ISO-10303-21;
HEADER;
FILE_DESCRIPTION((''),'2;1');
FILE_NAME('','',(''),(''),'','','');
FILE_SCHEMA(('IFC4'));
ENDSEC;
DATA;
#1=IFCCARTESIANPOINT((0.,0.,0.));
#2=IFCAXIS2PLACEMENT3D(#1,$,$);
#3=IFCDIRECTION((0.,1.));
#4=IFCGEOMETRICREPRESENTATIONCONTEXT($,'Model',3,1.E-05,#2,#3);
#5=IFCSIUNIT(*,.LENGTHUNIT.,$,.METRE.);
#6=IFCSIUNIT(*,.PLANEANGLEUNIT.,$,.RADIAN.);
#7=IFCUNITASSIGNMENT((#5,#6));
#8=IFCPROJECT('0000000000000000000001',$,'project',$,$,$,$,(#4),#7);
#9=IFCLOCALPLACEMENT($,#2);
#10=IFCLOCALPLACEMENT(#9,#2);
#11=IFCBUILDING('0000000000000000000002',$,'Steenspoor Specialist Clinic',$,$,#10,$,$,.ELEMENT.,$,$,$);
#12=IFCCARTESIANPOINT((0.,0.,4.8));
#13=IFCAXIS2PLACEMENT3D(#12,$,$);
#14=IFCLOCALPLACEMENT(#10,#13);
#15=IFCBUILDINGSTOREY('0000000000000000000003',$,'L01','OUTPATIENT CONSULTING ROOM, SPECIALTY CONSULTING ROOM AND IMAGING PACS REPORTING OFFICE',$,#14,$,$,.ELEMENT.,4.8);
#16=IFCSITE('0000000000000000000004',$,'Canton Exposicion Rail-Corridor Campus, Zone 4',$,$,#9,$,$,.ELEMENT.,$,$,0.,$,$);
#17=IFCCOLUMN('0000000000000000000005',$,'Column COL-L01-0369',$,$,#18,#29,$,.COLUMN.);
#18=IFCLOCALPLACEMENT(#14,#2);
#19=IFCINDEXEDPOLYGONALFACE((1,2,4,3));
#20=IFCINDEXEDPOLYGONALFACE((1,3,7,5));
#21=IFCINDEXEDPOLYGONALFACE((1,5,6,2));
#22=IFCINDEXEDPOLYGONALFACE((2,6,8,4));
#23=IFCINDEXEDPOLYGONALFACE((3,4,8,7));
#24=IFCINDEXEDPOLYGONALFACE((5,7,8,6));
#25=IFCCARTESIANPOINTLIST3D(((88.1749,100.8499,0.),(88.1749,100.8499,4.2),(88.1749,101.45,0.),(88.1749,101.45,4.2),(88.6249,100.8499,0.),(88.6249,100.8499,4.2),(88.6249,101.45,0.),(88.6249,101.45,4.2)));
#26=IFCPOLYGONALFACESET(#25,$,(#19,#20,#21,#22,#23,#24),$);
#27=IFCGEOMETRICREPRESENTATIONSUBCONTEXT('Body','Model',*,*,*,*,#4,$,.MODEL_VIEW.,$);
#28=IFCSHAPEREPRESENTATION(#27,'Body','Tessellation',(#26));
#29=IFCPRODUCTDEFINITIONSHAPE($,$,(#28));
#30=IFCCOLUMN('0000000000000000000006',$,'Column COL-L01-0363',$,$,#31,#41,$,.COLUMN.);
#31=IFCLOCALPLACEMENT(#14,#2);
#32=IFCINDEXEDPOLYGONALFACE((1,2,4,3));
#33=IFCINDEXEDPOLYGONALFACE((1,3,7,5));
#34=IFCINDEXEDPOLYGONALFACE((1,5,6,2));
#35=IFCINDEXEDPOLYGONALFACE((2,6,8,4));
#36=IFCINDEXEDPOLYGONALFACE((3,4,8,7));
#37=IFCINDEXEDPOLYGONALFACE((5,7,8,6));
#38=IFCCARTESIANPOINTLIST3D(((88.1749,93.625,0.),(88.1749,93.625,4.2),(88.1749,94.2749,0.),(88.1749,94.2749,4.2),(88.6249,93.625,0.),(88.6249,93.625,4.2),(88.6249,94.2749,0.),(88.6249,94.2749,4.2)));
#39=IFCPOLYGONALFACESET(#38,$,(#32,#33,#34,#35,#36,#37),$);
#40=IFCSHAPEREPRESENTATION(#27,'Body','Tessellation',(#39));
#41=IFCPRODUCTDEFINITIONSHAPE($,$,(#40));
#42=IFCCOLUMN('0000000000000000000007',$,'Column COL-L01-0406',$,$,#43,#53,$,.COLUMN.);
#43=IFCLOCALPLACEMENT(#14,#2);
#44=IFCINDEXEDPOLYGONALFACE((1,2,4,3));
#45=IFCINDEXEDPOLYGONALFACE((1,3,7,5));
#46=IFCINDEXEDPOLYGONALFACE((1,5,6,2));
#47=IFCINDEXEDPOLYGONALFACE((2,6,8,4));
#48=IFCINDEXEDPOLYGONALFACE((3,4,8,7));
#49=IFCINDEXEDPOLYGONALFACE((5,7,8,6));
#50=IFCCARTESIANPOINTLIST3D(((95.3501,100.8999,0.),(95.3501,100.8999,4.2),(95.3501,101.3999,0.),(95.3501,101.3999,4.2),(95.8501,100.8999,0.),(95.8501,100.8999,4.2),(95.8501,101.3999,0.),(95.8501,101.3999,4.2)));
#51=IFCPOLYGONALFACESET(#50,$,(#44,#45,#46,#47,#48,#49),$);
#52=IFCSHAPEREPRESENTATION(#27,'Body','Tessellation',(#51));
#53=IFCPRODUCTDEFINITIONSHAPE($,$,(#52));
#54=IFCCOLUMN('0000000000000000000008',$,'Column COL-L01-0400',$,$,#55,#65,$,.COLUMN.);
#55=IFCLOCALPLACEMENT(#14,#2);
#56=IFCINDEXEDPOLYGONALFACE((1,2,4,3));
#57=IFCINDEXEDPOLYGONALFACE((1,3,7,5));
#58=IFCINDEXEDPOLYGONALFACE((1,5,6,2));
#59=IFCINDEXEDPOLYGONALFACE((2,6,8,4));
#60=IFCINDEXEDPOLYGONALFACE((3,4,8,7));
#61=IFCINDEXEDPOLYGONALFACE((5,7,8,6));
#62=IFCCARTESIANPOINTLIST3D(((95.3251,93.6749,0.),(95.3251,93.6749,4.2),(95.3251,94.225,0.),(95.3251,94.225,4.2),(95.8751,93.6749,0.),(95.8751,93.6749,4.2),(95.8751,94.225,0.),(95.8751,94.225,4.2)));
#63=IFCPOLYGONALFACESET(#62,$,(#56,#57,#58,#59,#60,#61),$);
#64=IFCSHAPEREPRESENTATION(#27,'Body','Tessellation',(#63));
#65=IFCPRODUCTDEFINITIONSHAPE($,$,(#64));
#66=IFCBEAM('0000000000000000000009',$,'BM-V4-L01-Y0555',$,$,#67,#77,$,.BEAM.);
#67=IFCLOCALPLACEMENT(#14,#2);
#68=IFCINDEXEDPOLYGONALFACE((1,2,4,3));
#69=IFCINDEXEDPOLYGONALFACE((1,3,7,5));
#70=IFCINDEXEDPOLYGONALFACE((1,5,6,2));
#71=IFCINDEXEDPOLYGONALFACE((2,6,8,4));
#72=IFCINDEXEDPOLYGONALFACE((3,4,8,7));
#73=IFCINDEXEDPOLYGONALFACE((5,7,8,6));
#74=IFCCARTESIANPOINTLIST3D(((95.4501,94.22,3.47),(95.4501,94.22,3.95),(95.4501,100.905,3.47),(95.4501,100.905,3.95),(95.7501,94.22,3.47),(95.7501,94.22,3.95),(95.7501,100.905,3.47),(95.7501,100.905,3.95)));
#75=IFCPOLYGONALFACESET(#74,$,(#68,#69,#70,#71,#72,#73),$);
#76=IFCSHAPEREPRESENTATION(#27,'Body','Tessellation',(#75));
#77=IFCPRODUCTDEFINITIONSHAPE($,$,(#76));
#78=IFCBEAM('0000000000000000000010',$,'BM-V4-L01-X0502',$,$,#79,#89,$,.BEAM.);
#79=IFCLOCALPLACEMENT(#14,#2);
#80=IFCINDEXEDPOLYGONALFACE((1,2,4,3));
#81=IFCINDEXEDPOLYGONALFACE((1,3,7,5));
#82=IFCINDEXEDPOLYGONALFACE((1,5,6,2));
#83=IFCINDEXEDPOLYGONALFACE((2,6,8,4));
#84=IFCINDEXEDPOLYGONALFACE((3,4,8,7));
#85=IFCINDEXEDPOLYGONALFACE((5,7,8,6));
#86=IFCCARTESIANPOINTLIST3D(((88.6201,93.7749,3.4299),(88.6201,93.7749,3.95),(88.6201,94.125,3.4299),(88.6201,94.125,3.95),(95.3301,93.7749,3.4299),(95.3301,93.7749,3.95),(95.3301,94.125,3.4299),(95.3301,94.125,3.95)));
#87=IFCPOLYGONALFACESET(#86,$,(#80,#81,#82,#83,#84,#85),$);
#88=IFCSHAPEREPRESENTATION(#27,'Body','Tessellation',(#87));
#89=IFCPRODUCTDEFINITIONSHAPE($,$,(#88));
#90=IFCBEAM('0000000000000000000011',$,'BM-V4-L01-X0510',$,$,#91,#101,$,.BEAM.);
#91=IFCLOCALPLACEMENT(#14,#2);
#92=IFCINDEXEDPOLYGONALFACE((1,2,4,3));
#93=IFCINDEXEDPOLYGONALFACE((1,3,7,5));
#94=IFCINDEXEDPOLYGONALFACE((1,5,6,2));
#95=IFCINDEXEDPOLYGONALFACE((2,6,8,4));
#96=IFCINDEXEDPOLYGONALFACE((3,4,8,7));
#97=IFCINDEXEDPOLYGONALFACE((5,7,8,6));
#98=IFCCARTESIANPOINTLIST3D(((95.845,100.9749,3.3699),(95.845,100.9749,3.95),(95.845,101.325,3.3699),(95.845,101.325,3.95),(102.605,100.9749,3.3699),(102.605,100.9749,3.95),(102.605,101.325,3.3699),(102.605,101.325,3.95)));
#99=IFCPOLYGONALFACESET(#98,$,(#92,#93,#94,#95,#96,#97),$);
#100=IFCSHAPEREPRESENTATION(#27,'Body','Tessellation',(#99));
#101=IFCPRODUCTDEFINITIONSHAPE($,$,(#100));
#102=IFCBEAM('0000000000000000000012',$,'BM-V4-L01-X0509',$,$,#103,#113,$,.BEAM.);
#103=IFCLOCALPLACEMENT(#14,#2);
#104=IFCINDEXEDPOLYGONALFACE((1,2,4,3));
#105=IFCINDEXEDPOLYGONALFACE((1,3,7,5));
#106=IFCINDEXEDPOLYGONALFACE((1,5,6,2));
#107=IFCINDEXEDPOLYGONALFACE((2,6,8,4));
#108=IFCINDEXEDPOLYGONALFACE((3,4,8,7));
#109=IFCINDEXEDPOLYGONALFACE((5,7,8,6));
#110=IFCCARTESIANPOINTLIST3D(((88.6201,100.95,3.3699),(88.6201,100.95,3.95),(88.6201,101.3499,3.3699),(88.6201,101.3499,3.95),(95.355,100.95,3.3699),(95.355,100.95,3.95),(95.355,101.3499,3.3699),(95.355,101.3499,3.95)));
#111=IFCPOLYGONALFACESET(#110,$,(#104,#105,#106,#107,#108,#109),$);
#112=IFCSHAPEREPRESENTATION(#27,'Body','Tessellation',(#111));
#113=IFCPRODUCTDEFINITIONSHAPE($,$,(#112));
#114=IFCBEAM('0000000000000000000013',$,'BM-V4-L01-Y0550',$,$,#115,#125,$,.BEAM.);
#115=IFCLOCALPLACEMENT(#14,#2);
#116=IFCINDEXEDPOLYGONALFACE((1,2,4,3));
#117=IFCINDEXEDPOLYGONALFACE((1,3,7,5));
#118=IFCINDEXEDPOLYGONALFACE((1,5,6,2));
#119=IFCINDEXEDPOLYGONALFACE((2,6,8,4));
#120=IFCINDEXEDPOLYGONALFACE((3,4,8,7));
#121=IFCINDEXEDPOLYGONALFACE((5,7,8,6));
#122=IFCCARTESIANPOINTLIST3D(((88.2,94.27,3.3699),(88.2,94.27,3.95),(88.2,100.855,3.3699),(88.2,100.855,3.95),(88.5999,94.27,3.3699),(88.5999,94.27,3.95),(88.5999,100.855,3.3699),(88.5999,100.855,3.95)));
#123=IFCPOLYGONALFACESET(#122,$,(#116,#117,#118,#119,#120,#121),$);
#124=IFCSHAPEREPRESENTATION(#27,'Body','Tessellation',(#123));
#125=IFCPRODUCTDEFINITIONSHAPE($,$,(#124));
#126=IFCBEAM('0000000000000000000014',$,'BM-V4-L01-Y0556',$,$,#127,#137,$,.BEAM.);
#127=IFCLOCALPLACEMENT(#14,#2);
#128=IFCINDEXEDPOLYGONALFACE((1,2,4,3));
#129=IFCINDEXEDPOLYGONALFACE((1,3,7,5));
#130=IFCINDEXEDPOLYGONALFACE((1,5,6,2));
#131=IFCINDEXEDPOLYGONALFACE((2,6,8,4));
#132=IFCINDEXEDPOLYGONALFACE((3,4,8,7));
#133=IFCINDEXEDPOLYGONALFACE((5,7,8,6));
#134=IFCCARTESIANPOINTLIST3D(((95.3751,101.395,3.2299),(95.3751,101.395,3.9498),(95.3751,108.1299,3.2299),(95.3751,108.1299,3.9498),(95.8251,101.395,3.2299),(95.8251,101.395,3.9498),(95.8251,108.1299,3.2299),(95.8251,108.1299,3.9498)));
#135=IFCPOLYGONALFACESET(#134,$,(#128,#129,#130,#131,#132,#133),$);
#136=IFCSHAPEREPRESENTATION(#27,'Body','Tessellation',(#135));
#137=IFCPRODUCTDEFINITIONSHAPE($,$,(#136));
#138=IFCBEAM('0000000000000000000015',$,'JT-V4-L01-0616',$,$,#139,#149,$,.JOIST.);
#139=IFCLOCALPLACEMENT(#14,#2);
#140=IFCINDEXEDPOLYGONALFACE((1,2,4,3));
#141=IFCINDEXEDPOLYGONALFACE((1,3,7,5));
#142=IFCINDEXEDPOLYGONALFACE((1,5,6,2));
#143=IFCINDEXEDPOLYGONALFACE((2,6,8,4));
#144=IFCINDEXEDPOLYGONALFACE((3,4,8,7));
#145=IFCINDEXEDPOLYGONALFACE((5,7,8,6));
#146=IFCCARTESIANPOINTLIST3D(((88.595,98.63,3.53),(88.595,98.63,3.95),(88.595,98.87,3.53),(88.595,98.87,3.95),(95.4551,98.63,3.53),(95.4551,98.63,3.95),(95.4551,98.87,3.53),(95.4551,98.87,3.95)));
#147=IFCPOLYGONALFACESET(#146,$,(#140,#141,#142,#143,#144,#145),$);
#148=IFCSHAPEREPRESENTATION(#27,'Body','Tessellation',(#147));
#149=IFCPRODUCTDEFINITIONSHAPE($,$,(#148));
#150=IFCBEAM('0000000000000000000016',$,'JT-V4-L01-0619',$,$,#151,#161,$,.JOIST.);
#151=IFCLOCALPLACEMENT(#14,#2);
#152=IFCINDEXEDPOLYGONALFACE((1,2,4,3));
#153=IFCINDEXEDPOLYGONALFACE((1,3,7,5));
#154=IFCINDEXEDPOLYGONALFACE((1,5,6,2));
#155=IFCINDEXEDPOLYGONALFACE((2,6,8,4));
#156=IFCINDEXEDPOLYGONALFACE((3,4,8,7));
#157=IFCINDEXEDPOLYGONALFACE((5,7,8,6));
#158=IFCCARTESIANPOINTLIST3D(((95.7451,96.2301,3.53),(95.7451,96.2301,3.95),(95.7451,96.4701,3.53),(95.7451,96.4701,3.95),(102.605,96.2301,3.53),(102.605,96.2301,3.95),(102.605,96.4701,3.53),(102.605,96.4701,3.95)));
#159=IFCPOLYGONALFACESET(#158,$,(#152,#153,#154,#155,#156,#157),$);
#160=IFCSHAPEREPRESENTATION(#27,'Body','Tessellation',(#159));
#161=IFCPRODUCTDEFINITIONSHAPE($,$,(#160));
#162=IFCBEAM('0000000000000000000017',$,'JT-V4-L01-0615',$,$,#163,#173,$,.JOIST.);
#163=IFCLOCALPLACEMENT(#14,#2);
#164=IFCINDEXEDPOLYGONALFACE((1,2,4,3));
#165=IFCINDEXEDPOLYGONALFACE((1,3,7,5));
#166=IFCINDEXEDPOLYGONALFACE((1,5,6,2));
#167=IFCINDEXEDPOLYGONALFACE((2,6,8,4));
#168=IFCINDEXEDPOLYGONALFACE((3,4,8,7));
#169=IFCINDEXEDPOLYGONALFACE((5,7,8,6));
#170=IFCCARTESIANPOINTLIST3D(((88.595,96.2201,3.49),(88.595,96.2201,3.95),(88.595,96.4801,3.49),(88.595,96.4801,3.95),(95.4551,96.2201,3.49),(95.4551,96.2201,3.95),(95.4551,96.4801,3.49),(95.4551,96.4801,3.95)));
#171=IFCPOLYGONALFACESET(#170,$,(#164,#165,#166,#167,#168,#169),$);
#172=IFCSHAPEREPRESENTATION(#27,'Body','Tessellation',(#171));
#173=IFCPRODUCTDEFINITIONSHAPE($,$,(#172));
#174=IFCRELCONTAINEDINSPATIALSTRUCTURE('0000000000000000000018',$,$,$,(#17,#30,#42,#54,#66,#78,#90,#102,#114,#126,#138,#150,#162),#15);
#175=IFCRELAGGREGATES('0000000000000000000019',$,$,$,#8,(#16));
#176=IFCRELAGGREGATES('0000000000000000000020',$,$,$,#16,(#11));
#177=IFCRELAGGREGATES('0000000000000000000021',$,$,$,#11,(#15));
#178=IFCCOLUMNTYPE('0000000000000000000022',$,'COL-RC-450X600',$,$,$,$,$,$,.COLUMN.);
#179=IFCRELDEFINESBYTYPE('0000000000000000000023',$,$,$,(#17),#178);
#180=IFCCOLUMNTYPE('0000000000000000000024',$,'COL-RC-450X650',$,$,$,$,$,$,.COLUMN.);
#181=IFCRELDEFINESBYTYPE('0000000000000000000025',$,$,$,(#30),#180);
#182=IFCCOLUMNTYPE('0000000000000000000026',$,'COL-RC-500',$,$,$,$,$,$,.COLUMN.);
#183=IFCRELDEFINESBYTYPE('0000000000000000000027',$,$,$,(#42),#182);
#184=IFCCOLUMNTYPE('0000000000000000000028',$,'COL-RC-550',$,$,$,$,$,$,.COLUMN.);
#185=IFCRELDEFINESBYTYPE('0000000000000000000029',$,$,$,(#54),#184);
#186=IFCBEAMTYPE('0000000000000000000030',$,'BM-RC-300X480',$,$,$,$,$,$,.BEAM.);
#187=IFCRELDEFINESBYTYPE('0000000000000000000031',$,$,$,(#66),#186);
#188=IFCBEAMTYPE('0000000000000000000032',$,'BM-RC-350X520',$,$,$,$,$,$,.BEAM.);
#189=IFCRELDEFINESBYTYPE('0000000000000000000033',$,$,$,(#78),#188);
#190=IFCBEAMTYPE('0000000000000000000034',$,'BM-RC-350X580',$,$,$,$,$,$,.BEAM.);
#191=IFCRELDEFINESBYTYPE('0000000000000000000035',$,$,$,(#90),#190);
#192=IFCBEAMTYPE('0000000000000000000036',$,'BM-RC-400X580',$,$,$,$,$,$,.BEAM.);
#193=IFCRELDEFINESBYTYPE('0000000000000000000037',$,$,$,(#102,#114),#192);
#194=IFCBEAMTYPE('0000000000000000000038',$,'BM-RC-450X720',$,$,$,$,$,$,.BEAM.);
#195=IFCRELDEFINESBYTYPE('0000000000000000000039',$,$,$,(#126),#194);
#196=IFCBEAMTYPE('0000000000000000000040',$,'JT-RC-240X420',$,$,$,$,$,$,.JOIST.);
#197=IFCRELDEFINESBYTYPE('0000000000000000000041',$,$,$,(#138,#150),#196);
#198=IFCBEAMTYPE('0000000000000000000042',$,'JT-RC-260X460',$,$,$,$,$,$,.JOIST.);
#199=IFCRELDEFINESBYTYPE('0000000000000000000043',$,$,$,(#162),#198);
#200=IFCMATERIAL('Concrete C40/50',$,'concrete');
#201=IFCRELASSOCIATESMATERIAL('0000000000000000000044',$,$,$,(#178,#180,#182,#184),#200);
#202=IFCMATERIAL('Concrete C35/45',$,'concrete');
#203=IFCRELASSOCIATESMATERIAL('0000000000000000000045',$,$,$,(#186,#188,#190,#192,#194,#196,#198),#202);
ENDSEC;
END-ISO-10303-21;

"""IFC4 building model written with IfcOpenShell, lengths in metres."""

from ifc_helpers import new_model, si_unit, direction, frame, origin, origin_2d, place, context, subcontext, project, spatial, rectangle, extrude, material, material_profile, profile_set, type_object, element, save


model = new_model("IFC4")

# Units and contexts
model_context = context("Model", 3, precision=1e-05, world=origin(), true_north=direction((0.0, 1.0)))
body_context = subcontext(model_context, "Body", "Model", "MODEL_VIEW")
ifc_project = project(units=[si_unit("LENGTHUNIT", "METRE"), si_unit("PLANEANGLEUNIT", "RADIAN")], contexts=[model_context])

# Site, building, storey
site_placement = place(None, origin())
site = spatial("IfcSite", under=ifc_project, at=site_placement, Name="Canton Exposicion Rail-Corridor Campus, Zone 4", CompositionType="ELEMENT", RefElevation=0.0)
building_placement = place(site_placement, origin())
building = spatial("IfcBuilding", under=site, at=building_placement, Name="Steenspoor Specialist Clinic", CompositionType="ELEMENT")
storey_placement = place(building_placement, frame((0.0, 0.0, 4.8)))
storey = spatial("IfcBuildingStorey", under=building, at=storey_placement, Name="L01", Description="OUTPATIENT CONSULTING ROOM, SPECIALTY CONSULTING ROOM AND IMAGING PACS REPORTING OFFICE", CompositionType="ELEMENT", Elevation=4.8)

# Columns
ifc_material_1 = material(Name="Concrete C40/50", Category="concrete")
ifc_material_profile_1 = material_profile(ifc_material_1, rectangle(XDim=0.45, YDim=0.6001, at=origin_2d()), Name="RC-COL-450X600")
ifc_profile_set_1 = profile_set([ifc_material_profile_1], Name="Concrete C40/50")
column_type_1 = type_object("IfcColumnType", Name="COL-RC-450X600", PredefinedType="COLUMN", material=ifc_profile_set_1)
column_1_placement = place(storey_placement, frame((88.3999, 101.1499, 0.0), z_axis=(0.0, 0.0, 1.0), x_axis=(1.0, 0.0, 0.0)))
element("IfcColumn", 1, at=column_1_placement, inside=storey, type_object=column_type_1, Name="Column COL-L01-0369", PredefinedType="COLUMN", context=body_context, shape_type="SweptSolid", body=[
    extrude(rectangle(XDim=0.45, YDim=0.6001, at=origin_2d()), origin(), (0.0, 0.0, 1.0), 4.2),
])
ifc_material_profile_2 = material_profile(ifc_material_1, rectangle(XDim=0.45, YDim=0.6499, at=origin_2d()), Name="RC-COL-450X650")
ifc_profile_set_2 = profile_set([ifc_material_profile_2], Name="Concrete C40/50")
column_type_2 = type_object("IfcColumnType", Name="COL-RC-450X650", PredefinedType="COLUMN", material=ifc_profile_set_2)
column_2_placement = place(storey_placement, frame((88.3999, 93.95, 0.0), z_axis=(0.0, 0.0, 1.0), x_axis=(1.0, 0.0, 0.0)))
element("IfcColumn", 2, at=column_2_placement, inside=storey, type_object=column_type_2, Name="Column COL-L01-0363", PredefinedType="COLUMN", context=body_context, shape_type="SweptSolid", body=[
    extrude(rectangle(XDim=0.45, YDim=0.6499, at=origin_2d()), origin(), (0.0, 0.0, 1.0), 4.2),
])
ifc_material_profile_3 = material_profile(ifc_material_1, rectangle(XDim=0.5, YDim=0.5, at=origin_2d()), Name="RC-COL-500X500")
ifc_profile_set_3 = profile_set([ifc_material_profile_3], Name="Concrete C40/50")
column_type_3 = type_object("IfcColumnType", Name="COL-RC-500", PredefinedType="COLUMN", material=ifc_profile_set_3)
column_3_placement = place(storey_placement, frame((95.6001, 101.1499, 0.0), z_axis=(0.0, 0.0, 1.0), x_axis=(1.0, 0.0, 0.0)))
element("IfcColumn", 3, at=column_3_placement, inside=storey, type_object=column_type_3, Name="Column COL-L01-0406", PredefinedType="COLUMN", context=body_context, shape_type="SweptSolid", body=[
    extrude(rectangle(XDim=0.5, YDim=0.5, at=origin_2d()), origin(), (0.0, 0.0, 1.0), 4.2),
])
ifc_material_profile_4 = material_profile(ifc_material_1, rectangle(XDim=0.55, YDim=0.55, at=origin_2d()), Name="RC-COL-550X550")
ifc_profile_set_4 = profile_set([ifc_material_profile_4], Name="Concrete C40/50")
column_type_4 = type_object("IfcColumnType", Name="COL-RC-550", PredefinedType="COLUMN", material=ifc_profile_set_4)
column_4_placement = place(storey_placement, frame((95.6001, 93.95, 0.0), z_axis=(0.0, 0.0, 1.0), x_axis=(1.0, 0.0, 0.0)))
element("IfcColumn", 4, at=column_4_placement, inside=storey, type_object=column_type_4, Name="Column COL-L01-0400", PredefinedType="COLUMN", context=body_context, shape_type="SweptSolid", body=[
    extrude(rectangle(XDim=0.55, YDim=0.55, at=origin_2d()), origin(), (0.0, 0.0, 1.0), 4.2),
])

# Beams
ifc_material_2 = material(Name="Concrete C35/45", Category="concrete")
ifc_material_profile_5 = material_profile(ifc_material_2, rectangle(XDim=0.3, YDim=0.48, at=origin_2d()), Name="RC-BM-300X480")
ifc_profile_set_5 = profile_set([ifc_material_profile_5], Name="Concrete C35/45")
beam_type_1 = type_object("IfcBeamType", Name="BM-RC-300X480", PredefinedType="BEAM", material=ifc_profile_set_5)
beam_1_placement = place(storey_placement, frame((95.6001, 94.22, 3.71), z_axis=(0.0, 1.0, 0.0), x_axis=(-1.0, 0.0, 0.0)))
element("IfcBeam", 5, at=beam_1_placement, inside=storey, type_object=beam_type_1, Name="BM-V4-L01-Y0555", PredefinedType="BEAM", context=body_context, shape_type="SweptSolid", body=[
    extrude(rectangle(XDim=0.3, YDim=0.48, at=origin_2d()), origin(), (0.0, 0.0, 1.0), 6.6851),
])
ifc_material_profile_6 = material_profile(ifc_material_2, rectangle(XDim=0.3501, YDim=0.52, at=origin_2d()), Name="RC-BM-350X520")
ifc_profile_set_6 = profile_set([ifc_material_profile_6], Name="Concrete C35/45")
beam_type_2 = type_object("IfcBeamType", Name="BM-RC-350X520", PredefinedType="BEAM", material=ifc_profile_set_6)
beam_2_placement = place(storey_placement, frame((88.6201, 93.95, 3.6899), z_axis=(1.0, 0.0, 0.0), x_axis=(0.0, 1.0, 0.0)))
element("IfcBeam", 6, at=beam_2_placement, inside=storey, type_object=beam_type_2, Name="BM-V4-L01-X0502", PredefinedType="BEAM", context=body_context, shape_type="SweptSolid", body=[
    extrude(rectangle(XDim=0.3501, YDim=0.52, at=origin_2d()), origin(), (0.0, 0.0, 1.0), 6.71),
])
ifc_material_profile_7 = material_profile(ifc_material_2, rectangle(XDim=0.3501, YDim=0.5801, at=origin_2d()), Name="RC-BM-350X580")
ifc_profile_set_7 = profile_set([ifc_material_profile_7], Name="Concrete C35/45")
beam_type_3 = type_object("IfcBeamType", Name="BM-RC-350X580", PredefinedType="BEAM", material=ifc_profile_set_7)
beam_3_placement = place(storey_placement, frame((95.845, 101.1499, 3.6599), z_axis=(1.0, 0.0, 0.0), x_axis=(0.0, 1.0, 0.0)))
element("IfcBeam", 7, at=beam_3_placement, inside=storey, type_object=beam_type_3, Name="BM-V4-L01-X0510", PredefinedType="BEAM", context=body_context, shape_type="SweptSolid", body=[
    extrude(rectangle(XDim=0.3501, YDim=0.5801, at=origin_2d()), origin(), (0.0, 0.0, 1.0), 6.76),
])
ifc_material_profile_8 = material_profile(ifc_material_2, rectangle(XDim=0.3999, YDim=0.5801, at=origin_2d()), Name="RC-BM-400X580")
ifc_profile_set_8 = profile_set([ifc_material_profile_8], Name="Concrete C35/45")
beam_type_4 = type_object("IfcBeamType", Name="BM-RC-400X580", PredefinedType="BEAM", material=ifc_profile_set_8)
beam_4_placement = place(storey_placement, frame((88.6201, 101.1499, 3.6599), z_axis=(1.0, 0.0, 0.0), x_axis=(0.0, 1.0, 0.0)))
element("IfcBeam", 8, at=beam_4_placement, inside=storey, type_object=beam_type_4, Name="BM-V4-L01-X0509", PredefinedType="BEAM", context=body_context, shape_type="SweptSolid", body=[
    extrude(rectangle(XDim=0.3999, YDim=0.5801, at=origin_2d()), origin(), (0.0, 0.0, 1.0), 6.7349),
])
beam_5_placement = place(storey_placement, frame((88.3999, 94.27, 3.6599), z_axis=(0.0, 1.0, 0.0), x_axis=(-1.0, 0.0, 0.0)))
element("IfcBeam", 9, at=beam_5_placement, inside=storey, type_object=beam_type_4, Name="BM-V4-L01-Y0550", PredefinedType="BEAM", context=body_context, shape_type="SweptSolid", body=[
    extrude(rectangle(XDim=0.3999, YDim=0.5801, at=origin_2d()), origin(), (0.0, 0.0, 1.0), 6.585),
])
ifc_material_profile_9 = material_profile(ifc_material_2, rectangle(XDim=0.45, YDim=0.72, at=origin_2d()), Name="RC-BM-450X720")
ifc_profile_set_9 = profile_set([ifc_material_profile_9], Name="Concrete C35/45")
beam_type_5 = type_object("IfcBeamType", Name="BM-RC-450X720", PredefinedType="BEAM", material=ifc_profile_set_9)
beam_6_placement = place(storey_placement, frame((95.6001, 101.395, 3.5898), z_axis=(0.0, 1.0, 0.0), x_axis=(-1.0, 0.0, 0.0)))
element("IfcBeam", 10, at=beam_6_placement, inside=storey, type_object=beam_type_5, Name="BM-V4-L01-Y0556", PredefinedType="BEAM", context=body_context, shape_type="SweptSolid", body=[
    extrude(rectangle(XDim=0.45, YDim=0.72, at=origin_2d()), origin(), (0.0, 0.0, 1.0), 6.7349),
])
ifc_material_profile_10 = material_profile(ifc_material_2, rectangle(XDim=0.24, YDim=0.4199, at=origin_2d()), Name="RC-JT-240X420")
ifc_profile_set_10 = profile_set([ifc_material_profile_10], Name="Concrete C35/45")
beam_type_6 = type_object("IfcBeamType", Name="JT-RC-240X420", PredefinedType="JOIST", material=ifc_profile_set_10)
beam_7_placement = place(storey_placement, frame((88.595, 98.75, 3.74), z_axis=(1.0, 0.0, 0.0), x_axis=(0.0, 1.0, 0.0)))
element("IfcBeam", 11, at=beam_7_placement, inside=storey, type_object=beam_type_6, Name="JT-V4-L01-0616", PredefinedType="JOIST", context=body_context, shape_type="SweptSolid", body=[
    extrude(rectangle(XDim=0.24, YDim=0.4199, at=origin_2d()), origin(), (0.0, 0.0, 1.0), 6.8601),
])
beam_8_placement = place(storey_placement, frame((95.7451, 96.3501, 3.74), z_axis=(1.0, 0.0, 0.0), x_axis=(0.0, 1.0, 0.0)))
element("IfcBeam", 12, at=beam_8_placement, inside=storey, type_object=beam_type_6, Name="JT-V4-L01-0619", PredefinedType="JOIST", context=body_context, shape_type="SweptSolid", body=[
    extrude(rectangle(XDim=0.24, YDim=0.4199, at=origin_2d()), origin(), (0.0, 0.0, 1.0), 6.8599),
])
ifc_material_profile_11 = material_profile(ifc_material_2, rectangle(XDim=0.26, YDim=0.46, at=origin_2d()), Name="RC-JT-260X460")
ifc_profile_set_11 = profile_set([ifc_material_profile_11], Name="Concrete C35/45")
beam_type_7 = type_object("IfcBeamType", Name="JT-RC-260X460", PredefinedType="JOIST", material=ifc_profile_set_11)
beam_9_placement = place(storey_placement, frame((88.595, 96.3501, 3.72), z_axis=(1.0, 0.0, 0.0), x_axis=(0.0, 1.0, 0.0)))
element("IfcBeam", 13, at=beam_9_placement, inside=storey, type_object=beam_type_7, Name="JT-V4-L01-0615", PredefinedType="JOIST", context=body_context, shape_type="SweptSolid", body=[
    extrude(rectangle(XDim=0.26, YDim=0.46, at=origin_2d()), origin(), (0.0, 0.0, 1.0), 6.8601),
])

save(model, "model.ifc")
